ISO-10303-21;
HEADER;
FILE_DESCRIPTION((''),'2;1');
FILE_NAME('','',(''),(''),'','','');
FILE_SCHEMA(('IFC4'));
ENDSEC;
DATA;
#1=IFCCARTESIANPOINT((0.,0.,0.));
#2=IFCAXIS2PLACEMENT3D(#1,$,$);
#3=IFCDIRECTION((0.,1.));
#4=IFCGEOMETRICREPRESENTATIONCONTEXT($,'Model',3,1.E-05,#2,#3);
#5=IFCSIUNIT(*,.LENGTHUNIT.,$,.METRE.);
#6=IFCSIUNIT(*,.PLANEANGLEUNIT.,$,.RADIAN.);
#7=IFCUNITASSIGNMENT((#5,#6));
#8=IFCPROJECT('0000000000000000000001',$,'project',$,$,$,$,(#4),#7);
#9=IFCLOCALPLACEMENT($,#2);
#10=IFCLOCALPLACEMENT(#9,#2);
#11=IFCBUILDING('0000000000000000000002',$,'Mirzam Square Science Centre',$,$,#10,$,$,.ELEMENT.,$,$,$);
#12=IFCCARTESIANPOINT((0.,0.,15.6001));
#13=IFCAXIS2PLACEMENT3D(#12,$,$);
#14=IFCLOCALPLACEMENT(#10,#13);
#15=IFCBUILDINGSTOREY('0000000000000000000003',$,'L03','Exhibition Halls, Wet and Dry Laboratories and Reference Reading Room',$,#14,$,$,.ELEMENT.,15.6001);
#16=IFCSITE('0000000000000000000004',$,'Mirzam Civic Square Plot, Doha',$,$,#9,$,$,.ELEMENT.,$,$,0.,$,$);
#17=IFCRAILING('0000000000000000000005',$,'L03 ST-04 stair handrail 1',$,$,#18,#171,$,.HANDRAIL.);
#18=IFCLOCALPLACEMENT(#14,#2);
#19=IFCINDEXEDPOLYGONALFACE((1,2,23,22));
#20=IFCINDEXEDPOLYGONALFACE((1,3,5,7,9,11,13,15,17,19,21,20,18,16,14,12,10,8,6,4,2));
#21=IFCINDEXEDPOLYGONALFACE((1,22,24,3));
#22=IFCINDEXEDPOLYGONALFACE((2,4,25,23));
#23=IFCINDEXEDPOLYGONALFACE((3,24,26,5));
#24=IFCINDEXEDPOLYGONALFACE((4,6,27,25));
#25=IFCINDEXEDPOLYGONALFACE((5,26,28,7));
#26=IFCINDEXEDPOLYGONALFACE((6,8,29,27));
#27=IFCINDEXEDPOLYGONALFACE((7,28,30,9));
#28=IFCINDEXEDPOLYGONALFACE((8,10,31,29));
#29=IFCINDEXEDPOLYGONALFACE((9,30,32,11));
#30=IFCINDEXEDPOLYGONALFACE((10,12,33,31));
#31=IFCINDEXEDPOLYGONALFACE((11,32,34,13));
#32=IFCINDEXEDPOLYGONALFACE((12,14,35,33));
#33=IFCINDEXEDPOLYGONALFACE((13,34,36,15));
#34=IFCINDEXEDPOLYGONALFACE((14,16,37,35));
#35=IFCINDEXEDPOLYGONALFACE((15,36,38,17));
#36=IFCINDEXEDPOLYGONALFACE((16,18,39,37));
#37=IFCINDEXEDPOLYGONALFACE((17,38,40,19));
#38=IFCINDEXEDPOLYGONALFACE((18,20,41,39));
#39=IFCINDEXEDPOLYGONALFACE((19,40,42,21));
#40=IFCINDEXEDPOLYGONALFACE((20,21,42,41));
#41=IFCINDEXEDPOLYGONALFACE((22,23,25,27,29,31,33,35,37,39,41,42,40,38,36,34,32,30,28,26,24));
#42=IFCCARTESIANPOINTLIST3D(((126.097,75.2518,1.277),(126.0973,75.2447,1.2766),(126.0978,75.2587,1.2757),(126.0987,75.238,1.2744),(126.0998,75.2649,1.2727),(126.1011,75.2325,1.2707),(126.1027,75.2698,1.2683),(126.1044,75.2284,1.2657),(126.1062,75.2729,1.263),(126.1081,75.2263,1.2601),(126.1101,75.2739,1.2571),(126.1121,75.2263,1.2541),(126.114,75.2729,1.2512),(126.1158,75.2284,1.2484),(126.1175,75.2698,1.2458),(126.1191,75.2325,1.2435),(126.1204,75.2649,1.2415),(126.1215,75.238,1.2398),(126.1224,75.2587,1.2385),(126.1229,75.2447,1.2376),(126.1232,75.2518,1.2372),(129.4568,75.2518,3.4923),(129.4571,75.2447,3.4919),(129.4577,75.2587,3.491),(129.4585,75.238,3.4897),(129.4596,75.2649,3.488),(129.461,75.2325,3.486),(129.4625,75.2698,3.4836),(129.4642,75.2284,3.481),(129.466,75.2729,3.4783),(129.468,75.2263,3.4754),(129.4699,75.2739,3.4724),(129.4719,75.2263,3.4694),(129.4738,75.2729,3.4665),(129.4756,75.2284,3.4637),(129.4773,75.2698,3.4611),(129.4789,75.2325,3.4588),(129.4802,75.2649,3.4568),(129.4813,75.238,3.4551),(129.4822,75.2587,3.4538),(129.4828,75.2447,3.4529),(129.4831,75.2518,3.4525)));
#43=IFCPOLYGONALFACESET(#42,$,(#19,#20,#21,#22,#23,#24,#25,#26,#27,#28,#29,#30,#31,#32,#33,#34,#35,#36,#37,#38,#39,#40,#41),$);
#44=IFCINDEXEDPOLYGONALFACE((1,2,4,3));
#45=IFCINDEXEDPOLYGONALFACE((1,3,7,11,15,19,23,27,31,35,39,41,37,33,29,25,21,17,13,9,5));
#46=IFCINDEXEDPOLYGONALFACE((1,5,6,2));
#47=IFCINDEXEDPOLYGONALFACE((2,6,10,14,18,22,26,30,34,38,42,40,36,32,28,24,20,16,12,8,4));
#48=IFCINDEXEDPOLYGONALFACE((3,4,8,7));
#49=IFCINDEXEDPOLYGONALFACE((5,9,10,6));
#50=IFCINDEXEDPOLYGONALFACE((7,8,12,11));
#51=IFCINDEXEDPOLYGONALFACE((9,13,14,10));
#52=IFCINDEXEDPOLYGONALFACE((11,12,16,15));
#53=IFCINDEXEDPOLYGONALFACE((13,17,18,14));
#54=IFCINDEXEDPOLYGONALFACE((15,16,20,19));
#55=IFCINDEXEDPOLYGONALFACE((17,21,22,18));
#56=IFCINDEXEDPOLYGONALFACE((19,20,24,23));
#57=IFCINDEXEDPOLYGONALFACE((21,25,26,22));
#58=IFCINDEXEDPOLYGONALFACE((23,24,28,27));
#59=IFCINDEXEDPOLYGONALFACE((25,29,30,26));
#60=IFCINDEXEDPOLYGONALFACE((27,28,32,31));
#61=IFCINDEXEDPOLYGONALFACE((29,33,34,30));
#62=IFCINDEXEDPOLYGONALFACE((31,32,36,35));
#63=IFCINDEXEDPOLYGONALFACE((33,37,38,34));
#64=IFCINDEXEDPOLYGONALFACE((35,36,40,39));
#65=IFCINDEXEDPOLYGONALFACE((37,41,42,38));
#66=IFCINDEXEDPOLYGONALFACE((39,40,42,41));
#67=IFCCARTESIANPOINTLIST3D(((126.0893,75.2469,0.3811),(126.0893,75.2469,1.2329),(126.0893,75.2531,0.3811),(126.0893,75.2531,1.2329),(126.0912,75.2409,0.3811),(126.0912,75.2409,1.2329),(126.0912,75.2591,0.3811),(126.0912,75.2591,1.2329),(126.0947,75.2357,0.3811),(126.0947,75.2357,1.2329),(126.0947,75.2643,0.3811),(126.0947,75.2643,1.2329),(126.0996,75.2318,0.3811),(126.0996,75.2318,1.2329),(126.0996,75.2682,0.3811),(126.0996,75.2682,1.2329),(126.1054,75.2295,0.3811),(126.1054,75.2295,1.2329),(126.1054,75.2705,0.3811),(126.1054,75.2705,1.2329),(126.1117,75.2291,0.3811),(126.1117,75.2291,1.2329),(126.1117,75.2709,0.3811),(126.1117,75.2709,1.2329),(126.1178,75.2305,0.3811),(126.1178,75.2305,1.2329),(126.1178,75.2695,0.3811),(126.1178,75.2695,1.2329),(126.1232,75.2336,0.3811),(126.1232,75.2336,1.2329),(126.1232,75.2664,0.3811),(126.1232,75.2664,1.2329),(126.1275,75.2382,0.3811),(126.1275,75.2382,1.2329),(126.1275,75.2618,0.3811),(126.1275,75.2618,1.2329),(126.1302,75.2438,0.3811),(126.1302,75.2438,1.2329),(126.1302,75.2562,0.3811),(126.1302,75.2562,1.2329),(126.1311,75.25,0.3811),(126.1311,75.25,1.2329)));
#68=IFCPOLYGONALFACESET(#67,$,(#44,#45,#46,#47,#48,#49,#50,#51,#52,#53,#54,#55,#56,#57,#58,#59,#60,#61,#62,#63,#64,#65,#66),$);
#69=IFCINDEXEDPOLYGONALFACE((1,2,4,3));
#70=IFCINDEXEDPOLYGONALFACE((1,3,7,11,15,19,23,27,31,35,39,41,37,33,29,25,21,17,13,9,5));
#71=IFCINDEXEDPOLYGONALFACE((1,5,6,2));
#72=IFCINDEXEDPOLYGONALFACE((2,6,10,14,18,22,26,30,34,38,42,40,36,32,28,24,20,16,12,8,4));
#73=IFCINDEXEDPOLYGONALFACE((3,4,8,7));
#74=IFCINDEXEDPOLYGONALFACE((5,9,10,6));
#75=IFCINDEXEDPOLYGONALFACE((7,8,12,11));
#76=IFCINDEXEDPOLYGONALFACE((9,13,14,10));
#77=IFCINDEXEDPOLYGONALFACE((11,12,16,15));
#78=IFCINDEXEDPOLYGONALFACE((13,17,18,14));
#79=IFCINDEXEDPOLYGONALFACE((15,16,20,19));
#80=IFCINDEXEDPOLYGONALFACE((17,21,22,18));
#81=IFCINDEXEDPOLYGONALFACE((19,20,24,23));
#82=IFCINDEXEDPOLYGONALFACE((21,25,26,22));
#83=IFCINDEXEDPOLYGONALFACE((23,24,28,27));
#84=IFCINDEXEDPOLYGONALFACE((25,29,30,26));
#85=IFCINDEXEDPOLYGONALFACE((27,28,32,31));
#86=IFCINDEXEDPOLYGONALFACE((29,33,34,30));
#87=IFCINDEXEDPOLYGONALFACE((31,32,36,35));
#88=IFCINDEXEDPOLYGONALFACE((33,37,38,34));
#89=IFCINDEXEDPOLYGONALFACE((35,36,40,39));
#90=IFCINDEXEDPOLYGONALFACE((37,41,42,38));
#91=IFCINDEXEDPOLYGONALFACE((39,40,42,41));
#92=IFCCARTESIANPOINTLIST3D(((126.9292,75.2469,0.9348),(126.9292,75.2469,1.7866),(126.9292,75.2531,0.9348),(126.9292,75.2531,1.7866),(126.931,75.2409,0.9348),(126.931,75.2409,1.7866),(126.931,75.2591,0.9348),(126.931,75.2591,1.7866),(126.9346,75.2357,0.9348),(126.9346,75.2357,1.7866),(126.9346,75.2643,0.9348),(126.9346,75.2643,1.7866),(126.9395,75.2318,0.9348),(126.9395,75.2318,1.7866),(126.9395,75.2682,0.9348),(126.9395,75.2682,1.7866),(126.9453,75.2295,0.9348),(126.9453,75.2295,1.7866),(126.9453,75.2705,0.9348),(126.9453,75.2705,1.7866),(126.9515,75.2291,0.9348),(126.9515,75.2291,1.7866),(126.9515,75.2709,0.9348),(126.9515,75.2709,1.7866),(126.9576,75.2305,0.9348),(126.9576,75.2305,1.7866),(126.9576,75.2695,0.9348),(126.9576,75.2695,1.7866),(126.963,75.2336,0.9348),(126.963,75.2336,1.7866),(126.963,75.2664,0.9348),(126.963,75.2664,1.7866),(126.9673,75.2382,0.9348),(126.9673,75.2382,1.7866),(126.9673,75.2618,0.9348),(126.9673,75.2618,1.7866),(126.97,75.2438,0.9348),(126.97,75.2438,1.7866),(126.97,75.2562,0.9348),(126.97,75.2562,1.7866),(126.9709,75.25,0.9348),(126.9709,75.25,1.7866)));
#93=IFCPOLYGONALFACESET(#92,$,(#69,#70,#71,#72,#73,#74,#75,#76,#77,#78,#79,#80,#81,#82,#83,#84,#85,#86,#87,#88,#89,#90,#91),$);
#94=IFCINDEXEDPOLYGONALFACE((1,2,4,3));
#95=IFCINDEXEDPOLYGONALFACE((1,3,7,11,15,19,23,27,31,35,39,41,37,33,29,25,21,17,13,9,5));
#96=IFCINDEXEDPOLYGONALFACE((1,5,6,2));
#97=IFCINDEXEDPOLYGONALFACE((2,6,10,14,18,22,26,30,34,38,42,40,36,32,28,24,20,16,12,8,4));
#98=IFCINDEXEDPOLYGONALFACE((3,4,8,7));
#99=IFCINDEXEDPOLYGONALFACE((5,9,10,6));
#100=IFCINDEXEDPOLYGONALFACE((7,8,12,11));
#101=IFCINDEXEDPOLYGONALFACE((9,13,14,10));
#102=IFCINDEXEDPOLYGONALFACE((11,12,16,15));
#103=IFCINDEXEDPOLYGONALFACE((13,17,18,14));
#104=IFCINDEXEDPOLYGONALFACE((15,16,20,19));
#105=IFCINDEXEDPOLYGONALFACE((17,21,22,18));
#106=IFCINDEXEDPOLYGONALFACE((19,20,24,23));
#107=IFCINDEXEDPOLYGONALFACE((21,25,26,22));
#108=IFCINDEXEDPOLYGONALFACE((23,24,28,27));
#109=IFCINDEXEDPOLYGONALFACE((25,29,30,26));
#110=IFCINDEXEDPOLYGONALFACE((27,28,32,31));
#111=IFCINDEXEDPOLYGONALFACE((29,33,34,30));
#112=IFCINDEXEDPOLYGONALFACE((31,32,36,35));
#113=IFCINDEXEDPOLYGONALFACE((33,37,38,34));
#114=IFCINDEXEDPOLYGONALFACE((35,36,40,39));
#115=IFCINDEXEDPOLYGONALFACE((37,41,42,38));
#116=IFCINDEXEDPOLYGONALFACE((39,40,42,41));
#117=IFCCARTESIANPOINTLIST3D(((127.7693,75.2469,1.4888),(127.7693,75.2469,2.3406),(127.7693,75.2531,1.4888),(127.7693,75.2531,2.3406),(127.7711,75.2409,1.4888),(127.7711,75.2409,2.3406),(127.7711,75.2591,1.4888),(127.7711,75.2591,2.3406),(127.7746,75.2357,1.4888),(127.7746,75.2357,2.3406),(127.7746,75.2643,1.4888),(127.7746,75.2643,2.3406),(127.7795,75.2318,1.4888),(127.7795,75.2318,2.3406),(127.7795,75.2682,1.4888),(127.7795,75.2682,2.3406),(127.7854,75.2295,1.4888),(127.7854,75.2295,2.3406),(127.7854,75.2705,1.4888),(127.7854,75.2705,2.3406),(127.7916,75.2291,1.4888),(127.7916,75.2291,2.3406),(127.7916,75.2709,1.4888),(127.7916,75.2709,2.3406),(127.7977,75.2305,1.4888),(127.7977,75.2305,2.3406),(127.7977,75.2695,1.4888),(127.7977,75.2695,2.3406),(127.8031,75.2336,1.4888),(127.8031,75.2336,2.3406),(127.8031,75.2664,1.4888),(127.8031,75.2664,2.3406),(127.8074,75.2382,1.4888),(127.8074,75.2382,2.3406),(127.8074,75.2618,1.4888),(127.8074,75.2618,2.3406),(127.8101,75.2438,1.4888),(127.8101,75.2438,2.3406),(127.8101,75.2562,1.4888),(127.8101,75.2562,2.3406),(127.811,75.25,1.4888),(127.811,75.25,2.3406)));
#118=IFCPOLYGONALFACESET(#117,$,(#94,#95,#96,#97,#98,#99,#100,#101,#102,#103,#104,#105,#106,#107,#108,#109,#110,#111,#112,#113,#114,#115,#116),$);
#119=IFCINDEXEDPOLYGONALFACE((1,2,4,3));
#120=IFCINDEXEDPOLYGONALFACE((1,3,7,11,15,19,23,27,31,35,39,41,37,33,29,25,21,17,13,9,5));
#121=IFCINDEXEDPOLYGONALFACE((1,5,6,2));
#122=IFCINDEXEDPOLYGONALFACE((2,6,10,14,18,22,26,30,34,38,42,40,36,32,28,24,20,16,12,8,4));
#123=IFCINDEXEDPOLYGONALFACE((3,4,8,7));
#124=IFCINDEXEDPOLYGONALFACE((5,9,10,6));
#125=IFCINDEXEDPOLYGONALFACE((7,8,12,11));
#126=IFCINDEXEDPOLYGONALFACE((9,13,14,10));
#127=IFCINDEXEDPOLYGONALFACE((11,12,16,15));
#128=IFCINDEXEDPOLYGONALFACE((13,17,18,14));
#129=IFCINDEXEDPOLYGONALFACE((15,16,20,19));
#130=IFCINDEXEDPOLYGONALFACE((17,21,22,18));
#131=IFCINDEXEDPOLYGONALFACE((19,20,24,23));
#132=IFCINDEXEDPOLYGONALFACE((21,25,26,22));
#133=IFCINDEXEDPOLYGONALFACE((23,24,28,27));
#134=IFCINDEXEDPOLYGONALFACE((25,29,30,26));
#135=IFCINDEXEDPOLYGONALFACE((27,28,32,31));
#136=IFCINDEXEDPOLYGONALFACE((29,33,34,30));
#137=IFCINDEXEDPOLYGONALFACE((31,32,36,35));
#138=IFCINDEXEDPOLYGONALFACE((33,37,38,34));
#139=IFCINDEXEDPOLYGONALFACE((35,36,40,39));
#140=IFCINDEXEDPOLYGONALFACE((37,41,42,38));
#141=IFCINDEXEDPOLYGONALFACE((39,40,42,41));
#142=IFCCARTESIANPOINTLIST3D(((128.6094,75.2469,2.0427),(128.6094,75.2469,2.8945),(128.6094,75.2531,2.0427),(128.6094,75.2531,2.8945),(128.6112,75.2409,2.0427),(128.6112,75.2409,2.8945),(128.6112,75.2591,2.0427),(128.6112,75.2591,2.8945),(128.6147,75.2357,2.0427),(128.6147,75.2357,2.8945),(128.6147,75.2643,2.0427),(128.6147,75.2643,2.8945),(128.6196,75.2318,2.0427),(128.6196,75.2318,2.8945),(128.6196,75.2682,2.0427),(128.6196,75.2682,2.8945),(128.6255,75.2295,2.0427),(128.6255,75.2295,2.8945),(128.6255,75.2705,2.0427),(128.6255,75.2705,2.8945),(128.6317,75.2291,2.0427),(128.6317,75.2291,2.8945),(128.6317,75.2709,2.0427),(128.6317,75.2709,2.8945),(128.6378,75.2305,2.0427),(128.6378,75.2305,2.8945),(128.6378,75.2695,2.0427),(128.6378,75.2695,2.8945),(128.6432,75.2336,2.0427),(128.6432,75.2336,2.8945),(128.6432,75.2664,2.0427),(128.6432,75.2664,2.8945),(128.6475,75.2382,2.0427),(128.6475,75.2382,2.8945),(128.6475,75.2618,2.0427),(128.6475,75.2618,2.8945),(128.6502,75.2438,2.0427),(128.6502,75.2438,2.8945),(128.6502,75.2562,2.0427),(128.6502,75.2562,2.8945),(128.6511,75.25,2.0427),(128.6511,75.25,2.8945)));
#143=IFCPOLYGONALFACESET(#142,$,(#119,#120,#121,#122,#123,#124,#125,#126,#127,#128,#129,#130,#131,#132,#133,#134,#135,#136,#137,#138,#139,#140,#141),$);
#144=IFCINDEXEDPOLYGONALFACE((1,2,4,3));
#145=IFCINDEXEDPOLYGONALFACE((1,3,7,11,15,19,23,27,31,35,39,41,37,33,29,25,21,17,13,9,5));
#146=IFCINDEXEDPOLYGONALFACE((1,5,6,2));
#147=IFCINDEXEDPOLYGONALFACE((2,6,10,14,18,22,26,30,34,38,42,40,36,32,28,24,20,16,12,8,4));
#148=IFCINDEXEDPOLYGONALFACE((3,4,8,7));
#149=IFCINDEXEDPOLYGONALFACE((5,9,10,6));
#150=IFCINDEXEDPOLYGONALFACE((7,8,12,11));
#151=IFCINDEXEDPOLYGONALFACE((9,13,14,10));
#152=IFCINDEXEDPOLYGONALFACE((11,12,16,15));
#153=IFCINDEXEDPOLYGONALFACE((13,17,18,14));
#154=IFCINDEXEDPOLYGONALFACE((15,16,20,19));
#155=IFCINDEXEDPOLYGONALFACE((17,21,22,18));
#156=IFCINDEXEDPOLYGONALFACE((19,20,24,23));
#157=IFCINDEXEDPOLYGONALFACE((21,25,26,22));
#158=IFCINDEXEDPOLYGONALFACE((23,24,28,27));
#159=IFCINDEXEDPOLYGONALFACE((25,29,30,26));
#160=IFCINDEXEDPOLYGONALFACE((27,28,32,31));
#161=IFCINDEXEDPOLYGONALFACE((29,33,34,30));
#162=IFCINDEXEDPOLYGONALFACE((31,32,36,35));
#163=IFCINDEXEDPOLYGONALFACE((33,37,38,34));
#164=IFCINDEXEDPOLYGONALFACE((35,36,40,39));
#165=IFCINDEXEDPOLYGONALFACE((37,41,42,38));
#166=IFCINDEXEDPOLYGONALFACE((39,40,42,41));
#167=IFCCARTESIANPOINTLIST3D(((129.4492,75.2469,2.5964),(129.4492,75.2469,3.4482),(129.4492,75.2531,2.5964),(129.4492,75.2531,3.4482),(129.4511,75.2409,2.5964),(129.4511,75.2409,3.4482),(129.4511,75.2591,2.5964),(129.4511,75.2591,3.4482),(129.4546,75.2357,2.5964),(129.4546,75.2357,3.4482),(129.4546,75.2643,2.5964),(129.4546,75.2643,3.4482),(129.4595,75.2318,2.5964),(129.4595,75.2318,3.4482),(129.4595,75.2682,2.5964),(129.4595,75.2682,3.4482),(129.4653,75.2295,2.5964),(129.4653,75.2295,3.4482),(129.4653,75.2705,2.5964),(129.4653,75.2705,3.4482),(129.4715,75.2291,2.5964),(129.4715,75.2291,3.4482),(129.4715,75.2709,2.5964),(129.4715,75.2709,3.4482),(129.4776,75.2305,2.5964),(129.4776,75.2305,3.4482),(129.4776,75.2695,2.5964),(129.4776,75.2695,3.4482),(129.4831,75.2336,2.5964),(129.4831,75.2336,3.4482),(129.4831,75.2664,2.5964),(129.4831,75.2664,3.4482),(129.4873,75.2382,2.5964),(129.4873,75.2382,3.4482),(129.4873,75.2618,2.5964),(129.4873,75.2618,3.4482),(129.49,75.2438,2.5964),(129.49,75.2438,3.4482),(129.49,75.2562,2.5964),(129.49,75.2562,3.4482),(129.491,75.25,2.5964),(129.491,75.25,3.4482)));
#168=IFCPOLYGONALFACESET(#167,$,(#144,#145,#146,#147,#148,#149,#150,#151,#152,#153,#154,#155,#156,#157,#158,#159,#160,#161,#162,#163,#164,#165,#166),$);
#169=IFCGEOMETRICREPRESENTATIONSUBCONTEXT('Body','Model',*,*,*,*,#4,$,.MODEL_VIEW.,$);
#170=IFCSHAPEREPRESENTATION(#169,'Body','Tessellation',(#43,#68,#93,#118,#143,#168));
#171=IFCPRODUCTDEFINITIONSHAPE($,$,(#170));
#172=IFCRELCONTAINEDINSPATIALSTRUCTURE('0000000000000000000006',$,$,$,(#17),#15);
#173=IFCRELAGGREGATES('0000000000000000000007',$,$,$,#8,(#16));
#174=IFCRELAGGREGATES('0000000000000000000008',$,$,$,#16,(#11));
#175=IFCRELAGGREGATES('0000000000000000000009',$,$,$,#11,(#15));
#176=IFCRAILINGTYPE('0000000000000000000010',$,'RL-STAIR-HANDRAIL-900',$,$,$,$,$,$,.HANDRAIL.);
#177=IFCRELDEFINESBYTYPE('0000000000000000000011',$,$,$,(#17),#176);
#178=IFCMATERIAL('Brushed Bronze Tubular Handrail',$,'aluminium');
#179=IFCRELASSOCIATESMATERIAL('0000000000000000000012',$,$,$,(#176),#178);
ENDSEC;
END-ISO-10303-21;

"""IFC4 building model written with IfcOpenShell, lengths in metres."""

from ifc_helpers import new_model, si_unit, direction, frame, origin, origin_2d, place, context, subcontext, project, spatial, circle, extrude, material, type_object, element, save


model = new_model("IFC4")

# Units and contexts
model_context = context("Model", 3, precision=1e-05, world=origin(), true_north=direction((0.0, 1.0)))
body_context = subcontext(model_context, "Body", "Model", "MODEL_VIEW")
ifc_project = project(units=[si_unit("LENGTHUNIT", "METRE"), si_unit("PLANEANGLEUNIT", "RADIAN")], contexts=[model_context])

# Site, building, storey
site_placement = place(None, origin())
site = spatial("IfcSite", under=ifc_project, at=site_placement, Name="Mirzam Civic Square Plot, Doha", CompositionType="ELEMENT", RefElevation=0.0)
building_placement = place(site_placement, origin())
building = spatial("IfcBuilding", under=site, at=building_placement, Name="Mirzam Square Science Centre", CompositionType="ELEMENT")
storey_placement = place(building_placement, frame((0.0, 0.0, 15.6001)))
storey = spatial("IfcBuildingStorey", under=building, at=storey_placement, Name="L03", Description="Exhibition Halls, Wet and Dry Laboratories and Reference Reading Room", CompositionType="ELEMENT", Elevation=15.6001)

# Railing
ifc_material_1 = material(Name="Brushed Bronze Tubular Handrail", Category="aluminium")
railing_type_1 = type_object("IfcRailingType", Name="RL-STAIR-HANDRAIL-900", PredefinedType="HANDRAIL", material=ifc_material_1)
railing_1_placement = place(storey_placement, frame((126.1101, 75.25, 0.3811)))
element("IfcRailing", 1, at=railing_1_placement, inside=storey, type_object=railing_type_1, Name="L03 ST-04 stair handrail 1", PredefinedType="HANDRAIL", context=body_context, shape_type="SweptSolid", body=[
    extrude(circle(Radius=0.0239, at=origin_2d()), frame((0.0, 0.0, 0.876), z_axis=(0.834858, 0.0, 0.550465), x_axis=(0.0, 1.0, 0.0)), (0.0, 0.0, 1.0), 4.0244),
    extrude(circle(Radius=0.021, at=origin_2d()), origin(), (0.0, 0.0, 1.0), 0.8518),
    extrude(circle(Radius=0.021, at=origin_2d()), frame((0.8398, 0.0, 0.5537)), (0.0, 0.0, 1.0), 0.8518),
    extrude(circle(Radius=0.021, at=origin_2d()), frame((1.6799, 0.0, 1.1077)), (0.0, 0.0, 1.0), 0.8518),
    extrude(circle(Radius=0.021, at=origin_2d()), frame((2.52, 0.0, 1.6616)), (0.0, 0.0, 1.0), 0.8518),
    extrude(circle(Radius=0.021, at=origin_2d()), frame((3.3599, 0.0, 2.2153)), (0.0, 0.0, 1.0), 0.8518),
])

save(model, "model.ifc")
